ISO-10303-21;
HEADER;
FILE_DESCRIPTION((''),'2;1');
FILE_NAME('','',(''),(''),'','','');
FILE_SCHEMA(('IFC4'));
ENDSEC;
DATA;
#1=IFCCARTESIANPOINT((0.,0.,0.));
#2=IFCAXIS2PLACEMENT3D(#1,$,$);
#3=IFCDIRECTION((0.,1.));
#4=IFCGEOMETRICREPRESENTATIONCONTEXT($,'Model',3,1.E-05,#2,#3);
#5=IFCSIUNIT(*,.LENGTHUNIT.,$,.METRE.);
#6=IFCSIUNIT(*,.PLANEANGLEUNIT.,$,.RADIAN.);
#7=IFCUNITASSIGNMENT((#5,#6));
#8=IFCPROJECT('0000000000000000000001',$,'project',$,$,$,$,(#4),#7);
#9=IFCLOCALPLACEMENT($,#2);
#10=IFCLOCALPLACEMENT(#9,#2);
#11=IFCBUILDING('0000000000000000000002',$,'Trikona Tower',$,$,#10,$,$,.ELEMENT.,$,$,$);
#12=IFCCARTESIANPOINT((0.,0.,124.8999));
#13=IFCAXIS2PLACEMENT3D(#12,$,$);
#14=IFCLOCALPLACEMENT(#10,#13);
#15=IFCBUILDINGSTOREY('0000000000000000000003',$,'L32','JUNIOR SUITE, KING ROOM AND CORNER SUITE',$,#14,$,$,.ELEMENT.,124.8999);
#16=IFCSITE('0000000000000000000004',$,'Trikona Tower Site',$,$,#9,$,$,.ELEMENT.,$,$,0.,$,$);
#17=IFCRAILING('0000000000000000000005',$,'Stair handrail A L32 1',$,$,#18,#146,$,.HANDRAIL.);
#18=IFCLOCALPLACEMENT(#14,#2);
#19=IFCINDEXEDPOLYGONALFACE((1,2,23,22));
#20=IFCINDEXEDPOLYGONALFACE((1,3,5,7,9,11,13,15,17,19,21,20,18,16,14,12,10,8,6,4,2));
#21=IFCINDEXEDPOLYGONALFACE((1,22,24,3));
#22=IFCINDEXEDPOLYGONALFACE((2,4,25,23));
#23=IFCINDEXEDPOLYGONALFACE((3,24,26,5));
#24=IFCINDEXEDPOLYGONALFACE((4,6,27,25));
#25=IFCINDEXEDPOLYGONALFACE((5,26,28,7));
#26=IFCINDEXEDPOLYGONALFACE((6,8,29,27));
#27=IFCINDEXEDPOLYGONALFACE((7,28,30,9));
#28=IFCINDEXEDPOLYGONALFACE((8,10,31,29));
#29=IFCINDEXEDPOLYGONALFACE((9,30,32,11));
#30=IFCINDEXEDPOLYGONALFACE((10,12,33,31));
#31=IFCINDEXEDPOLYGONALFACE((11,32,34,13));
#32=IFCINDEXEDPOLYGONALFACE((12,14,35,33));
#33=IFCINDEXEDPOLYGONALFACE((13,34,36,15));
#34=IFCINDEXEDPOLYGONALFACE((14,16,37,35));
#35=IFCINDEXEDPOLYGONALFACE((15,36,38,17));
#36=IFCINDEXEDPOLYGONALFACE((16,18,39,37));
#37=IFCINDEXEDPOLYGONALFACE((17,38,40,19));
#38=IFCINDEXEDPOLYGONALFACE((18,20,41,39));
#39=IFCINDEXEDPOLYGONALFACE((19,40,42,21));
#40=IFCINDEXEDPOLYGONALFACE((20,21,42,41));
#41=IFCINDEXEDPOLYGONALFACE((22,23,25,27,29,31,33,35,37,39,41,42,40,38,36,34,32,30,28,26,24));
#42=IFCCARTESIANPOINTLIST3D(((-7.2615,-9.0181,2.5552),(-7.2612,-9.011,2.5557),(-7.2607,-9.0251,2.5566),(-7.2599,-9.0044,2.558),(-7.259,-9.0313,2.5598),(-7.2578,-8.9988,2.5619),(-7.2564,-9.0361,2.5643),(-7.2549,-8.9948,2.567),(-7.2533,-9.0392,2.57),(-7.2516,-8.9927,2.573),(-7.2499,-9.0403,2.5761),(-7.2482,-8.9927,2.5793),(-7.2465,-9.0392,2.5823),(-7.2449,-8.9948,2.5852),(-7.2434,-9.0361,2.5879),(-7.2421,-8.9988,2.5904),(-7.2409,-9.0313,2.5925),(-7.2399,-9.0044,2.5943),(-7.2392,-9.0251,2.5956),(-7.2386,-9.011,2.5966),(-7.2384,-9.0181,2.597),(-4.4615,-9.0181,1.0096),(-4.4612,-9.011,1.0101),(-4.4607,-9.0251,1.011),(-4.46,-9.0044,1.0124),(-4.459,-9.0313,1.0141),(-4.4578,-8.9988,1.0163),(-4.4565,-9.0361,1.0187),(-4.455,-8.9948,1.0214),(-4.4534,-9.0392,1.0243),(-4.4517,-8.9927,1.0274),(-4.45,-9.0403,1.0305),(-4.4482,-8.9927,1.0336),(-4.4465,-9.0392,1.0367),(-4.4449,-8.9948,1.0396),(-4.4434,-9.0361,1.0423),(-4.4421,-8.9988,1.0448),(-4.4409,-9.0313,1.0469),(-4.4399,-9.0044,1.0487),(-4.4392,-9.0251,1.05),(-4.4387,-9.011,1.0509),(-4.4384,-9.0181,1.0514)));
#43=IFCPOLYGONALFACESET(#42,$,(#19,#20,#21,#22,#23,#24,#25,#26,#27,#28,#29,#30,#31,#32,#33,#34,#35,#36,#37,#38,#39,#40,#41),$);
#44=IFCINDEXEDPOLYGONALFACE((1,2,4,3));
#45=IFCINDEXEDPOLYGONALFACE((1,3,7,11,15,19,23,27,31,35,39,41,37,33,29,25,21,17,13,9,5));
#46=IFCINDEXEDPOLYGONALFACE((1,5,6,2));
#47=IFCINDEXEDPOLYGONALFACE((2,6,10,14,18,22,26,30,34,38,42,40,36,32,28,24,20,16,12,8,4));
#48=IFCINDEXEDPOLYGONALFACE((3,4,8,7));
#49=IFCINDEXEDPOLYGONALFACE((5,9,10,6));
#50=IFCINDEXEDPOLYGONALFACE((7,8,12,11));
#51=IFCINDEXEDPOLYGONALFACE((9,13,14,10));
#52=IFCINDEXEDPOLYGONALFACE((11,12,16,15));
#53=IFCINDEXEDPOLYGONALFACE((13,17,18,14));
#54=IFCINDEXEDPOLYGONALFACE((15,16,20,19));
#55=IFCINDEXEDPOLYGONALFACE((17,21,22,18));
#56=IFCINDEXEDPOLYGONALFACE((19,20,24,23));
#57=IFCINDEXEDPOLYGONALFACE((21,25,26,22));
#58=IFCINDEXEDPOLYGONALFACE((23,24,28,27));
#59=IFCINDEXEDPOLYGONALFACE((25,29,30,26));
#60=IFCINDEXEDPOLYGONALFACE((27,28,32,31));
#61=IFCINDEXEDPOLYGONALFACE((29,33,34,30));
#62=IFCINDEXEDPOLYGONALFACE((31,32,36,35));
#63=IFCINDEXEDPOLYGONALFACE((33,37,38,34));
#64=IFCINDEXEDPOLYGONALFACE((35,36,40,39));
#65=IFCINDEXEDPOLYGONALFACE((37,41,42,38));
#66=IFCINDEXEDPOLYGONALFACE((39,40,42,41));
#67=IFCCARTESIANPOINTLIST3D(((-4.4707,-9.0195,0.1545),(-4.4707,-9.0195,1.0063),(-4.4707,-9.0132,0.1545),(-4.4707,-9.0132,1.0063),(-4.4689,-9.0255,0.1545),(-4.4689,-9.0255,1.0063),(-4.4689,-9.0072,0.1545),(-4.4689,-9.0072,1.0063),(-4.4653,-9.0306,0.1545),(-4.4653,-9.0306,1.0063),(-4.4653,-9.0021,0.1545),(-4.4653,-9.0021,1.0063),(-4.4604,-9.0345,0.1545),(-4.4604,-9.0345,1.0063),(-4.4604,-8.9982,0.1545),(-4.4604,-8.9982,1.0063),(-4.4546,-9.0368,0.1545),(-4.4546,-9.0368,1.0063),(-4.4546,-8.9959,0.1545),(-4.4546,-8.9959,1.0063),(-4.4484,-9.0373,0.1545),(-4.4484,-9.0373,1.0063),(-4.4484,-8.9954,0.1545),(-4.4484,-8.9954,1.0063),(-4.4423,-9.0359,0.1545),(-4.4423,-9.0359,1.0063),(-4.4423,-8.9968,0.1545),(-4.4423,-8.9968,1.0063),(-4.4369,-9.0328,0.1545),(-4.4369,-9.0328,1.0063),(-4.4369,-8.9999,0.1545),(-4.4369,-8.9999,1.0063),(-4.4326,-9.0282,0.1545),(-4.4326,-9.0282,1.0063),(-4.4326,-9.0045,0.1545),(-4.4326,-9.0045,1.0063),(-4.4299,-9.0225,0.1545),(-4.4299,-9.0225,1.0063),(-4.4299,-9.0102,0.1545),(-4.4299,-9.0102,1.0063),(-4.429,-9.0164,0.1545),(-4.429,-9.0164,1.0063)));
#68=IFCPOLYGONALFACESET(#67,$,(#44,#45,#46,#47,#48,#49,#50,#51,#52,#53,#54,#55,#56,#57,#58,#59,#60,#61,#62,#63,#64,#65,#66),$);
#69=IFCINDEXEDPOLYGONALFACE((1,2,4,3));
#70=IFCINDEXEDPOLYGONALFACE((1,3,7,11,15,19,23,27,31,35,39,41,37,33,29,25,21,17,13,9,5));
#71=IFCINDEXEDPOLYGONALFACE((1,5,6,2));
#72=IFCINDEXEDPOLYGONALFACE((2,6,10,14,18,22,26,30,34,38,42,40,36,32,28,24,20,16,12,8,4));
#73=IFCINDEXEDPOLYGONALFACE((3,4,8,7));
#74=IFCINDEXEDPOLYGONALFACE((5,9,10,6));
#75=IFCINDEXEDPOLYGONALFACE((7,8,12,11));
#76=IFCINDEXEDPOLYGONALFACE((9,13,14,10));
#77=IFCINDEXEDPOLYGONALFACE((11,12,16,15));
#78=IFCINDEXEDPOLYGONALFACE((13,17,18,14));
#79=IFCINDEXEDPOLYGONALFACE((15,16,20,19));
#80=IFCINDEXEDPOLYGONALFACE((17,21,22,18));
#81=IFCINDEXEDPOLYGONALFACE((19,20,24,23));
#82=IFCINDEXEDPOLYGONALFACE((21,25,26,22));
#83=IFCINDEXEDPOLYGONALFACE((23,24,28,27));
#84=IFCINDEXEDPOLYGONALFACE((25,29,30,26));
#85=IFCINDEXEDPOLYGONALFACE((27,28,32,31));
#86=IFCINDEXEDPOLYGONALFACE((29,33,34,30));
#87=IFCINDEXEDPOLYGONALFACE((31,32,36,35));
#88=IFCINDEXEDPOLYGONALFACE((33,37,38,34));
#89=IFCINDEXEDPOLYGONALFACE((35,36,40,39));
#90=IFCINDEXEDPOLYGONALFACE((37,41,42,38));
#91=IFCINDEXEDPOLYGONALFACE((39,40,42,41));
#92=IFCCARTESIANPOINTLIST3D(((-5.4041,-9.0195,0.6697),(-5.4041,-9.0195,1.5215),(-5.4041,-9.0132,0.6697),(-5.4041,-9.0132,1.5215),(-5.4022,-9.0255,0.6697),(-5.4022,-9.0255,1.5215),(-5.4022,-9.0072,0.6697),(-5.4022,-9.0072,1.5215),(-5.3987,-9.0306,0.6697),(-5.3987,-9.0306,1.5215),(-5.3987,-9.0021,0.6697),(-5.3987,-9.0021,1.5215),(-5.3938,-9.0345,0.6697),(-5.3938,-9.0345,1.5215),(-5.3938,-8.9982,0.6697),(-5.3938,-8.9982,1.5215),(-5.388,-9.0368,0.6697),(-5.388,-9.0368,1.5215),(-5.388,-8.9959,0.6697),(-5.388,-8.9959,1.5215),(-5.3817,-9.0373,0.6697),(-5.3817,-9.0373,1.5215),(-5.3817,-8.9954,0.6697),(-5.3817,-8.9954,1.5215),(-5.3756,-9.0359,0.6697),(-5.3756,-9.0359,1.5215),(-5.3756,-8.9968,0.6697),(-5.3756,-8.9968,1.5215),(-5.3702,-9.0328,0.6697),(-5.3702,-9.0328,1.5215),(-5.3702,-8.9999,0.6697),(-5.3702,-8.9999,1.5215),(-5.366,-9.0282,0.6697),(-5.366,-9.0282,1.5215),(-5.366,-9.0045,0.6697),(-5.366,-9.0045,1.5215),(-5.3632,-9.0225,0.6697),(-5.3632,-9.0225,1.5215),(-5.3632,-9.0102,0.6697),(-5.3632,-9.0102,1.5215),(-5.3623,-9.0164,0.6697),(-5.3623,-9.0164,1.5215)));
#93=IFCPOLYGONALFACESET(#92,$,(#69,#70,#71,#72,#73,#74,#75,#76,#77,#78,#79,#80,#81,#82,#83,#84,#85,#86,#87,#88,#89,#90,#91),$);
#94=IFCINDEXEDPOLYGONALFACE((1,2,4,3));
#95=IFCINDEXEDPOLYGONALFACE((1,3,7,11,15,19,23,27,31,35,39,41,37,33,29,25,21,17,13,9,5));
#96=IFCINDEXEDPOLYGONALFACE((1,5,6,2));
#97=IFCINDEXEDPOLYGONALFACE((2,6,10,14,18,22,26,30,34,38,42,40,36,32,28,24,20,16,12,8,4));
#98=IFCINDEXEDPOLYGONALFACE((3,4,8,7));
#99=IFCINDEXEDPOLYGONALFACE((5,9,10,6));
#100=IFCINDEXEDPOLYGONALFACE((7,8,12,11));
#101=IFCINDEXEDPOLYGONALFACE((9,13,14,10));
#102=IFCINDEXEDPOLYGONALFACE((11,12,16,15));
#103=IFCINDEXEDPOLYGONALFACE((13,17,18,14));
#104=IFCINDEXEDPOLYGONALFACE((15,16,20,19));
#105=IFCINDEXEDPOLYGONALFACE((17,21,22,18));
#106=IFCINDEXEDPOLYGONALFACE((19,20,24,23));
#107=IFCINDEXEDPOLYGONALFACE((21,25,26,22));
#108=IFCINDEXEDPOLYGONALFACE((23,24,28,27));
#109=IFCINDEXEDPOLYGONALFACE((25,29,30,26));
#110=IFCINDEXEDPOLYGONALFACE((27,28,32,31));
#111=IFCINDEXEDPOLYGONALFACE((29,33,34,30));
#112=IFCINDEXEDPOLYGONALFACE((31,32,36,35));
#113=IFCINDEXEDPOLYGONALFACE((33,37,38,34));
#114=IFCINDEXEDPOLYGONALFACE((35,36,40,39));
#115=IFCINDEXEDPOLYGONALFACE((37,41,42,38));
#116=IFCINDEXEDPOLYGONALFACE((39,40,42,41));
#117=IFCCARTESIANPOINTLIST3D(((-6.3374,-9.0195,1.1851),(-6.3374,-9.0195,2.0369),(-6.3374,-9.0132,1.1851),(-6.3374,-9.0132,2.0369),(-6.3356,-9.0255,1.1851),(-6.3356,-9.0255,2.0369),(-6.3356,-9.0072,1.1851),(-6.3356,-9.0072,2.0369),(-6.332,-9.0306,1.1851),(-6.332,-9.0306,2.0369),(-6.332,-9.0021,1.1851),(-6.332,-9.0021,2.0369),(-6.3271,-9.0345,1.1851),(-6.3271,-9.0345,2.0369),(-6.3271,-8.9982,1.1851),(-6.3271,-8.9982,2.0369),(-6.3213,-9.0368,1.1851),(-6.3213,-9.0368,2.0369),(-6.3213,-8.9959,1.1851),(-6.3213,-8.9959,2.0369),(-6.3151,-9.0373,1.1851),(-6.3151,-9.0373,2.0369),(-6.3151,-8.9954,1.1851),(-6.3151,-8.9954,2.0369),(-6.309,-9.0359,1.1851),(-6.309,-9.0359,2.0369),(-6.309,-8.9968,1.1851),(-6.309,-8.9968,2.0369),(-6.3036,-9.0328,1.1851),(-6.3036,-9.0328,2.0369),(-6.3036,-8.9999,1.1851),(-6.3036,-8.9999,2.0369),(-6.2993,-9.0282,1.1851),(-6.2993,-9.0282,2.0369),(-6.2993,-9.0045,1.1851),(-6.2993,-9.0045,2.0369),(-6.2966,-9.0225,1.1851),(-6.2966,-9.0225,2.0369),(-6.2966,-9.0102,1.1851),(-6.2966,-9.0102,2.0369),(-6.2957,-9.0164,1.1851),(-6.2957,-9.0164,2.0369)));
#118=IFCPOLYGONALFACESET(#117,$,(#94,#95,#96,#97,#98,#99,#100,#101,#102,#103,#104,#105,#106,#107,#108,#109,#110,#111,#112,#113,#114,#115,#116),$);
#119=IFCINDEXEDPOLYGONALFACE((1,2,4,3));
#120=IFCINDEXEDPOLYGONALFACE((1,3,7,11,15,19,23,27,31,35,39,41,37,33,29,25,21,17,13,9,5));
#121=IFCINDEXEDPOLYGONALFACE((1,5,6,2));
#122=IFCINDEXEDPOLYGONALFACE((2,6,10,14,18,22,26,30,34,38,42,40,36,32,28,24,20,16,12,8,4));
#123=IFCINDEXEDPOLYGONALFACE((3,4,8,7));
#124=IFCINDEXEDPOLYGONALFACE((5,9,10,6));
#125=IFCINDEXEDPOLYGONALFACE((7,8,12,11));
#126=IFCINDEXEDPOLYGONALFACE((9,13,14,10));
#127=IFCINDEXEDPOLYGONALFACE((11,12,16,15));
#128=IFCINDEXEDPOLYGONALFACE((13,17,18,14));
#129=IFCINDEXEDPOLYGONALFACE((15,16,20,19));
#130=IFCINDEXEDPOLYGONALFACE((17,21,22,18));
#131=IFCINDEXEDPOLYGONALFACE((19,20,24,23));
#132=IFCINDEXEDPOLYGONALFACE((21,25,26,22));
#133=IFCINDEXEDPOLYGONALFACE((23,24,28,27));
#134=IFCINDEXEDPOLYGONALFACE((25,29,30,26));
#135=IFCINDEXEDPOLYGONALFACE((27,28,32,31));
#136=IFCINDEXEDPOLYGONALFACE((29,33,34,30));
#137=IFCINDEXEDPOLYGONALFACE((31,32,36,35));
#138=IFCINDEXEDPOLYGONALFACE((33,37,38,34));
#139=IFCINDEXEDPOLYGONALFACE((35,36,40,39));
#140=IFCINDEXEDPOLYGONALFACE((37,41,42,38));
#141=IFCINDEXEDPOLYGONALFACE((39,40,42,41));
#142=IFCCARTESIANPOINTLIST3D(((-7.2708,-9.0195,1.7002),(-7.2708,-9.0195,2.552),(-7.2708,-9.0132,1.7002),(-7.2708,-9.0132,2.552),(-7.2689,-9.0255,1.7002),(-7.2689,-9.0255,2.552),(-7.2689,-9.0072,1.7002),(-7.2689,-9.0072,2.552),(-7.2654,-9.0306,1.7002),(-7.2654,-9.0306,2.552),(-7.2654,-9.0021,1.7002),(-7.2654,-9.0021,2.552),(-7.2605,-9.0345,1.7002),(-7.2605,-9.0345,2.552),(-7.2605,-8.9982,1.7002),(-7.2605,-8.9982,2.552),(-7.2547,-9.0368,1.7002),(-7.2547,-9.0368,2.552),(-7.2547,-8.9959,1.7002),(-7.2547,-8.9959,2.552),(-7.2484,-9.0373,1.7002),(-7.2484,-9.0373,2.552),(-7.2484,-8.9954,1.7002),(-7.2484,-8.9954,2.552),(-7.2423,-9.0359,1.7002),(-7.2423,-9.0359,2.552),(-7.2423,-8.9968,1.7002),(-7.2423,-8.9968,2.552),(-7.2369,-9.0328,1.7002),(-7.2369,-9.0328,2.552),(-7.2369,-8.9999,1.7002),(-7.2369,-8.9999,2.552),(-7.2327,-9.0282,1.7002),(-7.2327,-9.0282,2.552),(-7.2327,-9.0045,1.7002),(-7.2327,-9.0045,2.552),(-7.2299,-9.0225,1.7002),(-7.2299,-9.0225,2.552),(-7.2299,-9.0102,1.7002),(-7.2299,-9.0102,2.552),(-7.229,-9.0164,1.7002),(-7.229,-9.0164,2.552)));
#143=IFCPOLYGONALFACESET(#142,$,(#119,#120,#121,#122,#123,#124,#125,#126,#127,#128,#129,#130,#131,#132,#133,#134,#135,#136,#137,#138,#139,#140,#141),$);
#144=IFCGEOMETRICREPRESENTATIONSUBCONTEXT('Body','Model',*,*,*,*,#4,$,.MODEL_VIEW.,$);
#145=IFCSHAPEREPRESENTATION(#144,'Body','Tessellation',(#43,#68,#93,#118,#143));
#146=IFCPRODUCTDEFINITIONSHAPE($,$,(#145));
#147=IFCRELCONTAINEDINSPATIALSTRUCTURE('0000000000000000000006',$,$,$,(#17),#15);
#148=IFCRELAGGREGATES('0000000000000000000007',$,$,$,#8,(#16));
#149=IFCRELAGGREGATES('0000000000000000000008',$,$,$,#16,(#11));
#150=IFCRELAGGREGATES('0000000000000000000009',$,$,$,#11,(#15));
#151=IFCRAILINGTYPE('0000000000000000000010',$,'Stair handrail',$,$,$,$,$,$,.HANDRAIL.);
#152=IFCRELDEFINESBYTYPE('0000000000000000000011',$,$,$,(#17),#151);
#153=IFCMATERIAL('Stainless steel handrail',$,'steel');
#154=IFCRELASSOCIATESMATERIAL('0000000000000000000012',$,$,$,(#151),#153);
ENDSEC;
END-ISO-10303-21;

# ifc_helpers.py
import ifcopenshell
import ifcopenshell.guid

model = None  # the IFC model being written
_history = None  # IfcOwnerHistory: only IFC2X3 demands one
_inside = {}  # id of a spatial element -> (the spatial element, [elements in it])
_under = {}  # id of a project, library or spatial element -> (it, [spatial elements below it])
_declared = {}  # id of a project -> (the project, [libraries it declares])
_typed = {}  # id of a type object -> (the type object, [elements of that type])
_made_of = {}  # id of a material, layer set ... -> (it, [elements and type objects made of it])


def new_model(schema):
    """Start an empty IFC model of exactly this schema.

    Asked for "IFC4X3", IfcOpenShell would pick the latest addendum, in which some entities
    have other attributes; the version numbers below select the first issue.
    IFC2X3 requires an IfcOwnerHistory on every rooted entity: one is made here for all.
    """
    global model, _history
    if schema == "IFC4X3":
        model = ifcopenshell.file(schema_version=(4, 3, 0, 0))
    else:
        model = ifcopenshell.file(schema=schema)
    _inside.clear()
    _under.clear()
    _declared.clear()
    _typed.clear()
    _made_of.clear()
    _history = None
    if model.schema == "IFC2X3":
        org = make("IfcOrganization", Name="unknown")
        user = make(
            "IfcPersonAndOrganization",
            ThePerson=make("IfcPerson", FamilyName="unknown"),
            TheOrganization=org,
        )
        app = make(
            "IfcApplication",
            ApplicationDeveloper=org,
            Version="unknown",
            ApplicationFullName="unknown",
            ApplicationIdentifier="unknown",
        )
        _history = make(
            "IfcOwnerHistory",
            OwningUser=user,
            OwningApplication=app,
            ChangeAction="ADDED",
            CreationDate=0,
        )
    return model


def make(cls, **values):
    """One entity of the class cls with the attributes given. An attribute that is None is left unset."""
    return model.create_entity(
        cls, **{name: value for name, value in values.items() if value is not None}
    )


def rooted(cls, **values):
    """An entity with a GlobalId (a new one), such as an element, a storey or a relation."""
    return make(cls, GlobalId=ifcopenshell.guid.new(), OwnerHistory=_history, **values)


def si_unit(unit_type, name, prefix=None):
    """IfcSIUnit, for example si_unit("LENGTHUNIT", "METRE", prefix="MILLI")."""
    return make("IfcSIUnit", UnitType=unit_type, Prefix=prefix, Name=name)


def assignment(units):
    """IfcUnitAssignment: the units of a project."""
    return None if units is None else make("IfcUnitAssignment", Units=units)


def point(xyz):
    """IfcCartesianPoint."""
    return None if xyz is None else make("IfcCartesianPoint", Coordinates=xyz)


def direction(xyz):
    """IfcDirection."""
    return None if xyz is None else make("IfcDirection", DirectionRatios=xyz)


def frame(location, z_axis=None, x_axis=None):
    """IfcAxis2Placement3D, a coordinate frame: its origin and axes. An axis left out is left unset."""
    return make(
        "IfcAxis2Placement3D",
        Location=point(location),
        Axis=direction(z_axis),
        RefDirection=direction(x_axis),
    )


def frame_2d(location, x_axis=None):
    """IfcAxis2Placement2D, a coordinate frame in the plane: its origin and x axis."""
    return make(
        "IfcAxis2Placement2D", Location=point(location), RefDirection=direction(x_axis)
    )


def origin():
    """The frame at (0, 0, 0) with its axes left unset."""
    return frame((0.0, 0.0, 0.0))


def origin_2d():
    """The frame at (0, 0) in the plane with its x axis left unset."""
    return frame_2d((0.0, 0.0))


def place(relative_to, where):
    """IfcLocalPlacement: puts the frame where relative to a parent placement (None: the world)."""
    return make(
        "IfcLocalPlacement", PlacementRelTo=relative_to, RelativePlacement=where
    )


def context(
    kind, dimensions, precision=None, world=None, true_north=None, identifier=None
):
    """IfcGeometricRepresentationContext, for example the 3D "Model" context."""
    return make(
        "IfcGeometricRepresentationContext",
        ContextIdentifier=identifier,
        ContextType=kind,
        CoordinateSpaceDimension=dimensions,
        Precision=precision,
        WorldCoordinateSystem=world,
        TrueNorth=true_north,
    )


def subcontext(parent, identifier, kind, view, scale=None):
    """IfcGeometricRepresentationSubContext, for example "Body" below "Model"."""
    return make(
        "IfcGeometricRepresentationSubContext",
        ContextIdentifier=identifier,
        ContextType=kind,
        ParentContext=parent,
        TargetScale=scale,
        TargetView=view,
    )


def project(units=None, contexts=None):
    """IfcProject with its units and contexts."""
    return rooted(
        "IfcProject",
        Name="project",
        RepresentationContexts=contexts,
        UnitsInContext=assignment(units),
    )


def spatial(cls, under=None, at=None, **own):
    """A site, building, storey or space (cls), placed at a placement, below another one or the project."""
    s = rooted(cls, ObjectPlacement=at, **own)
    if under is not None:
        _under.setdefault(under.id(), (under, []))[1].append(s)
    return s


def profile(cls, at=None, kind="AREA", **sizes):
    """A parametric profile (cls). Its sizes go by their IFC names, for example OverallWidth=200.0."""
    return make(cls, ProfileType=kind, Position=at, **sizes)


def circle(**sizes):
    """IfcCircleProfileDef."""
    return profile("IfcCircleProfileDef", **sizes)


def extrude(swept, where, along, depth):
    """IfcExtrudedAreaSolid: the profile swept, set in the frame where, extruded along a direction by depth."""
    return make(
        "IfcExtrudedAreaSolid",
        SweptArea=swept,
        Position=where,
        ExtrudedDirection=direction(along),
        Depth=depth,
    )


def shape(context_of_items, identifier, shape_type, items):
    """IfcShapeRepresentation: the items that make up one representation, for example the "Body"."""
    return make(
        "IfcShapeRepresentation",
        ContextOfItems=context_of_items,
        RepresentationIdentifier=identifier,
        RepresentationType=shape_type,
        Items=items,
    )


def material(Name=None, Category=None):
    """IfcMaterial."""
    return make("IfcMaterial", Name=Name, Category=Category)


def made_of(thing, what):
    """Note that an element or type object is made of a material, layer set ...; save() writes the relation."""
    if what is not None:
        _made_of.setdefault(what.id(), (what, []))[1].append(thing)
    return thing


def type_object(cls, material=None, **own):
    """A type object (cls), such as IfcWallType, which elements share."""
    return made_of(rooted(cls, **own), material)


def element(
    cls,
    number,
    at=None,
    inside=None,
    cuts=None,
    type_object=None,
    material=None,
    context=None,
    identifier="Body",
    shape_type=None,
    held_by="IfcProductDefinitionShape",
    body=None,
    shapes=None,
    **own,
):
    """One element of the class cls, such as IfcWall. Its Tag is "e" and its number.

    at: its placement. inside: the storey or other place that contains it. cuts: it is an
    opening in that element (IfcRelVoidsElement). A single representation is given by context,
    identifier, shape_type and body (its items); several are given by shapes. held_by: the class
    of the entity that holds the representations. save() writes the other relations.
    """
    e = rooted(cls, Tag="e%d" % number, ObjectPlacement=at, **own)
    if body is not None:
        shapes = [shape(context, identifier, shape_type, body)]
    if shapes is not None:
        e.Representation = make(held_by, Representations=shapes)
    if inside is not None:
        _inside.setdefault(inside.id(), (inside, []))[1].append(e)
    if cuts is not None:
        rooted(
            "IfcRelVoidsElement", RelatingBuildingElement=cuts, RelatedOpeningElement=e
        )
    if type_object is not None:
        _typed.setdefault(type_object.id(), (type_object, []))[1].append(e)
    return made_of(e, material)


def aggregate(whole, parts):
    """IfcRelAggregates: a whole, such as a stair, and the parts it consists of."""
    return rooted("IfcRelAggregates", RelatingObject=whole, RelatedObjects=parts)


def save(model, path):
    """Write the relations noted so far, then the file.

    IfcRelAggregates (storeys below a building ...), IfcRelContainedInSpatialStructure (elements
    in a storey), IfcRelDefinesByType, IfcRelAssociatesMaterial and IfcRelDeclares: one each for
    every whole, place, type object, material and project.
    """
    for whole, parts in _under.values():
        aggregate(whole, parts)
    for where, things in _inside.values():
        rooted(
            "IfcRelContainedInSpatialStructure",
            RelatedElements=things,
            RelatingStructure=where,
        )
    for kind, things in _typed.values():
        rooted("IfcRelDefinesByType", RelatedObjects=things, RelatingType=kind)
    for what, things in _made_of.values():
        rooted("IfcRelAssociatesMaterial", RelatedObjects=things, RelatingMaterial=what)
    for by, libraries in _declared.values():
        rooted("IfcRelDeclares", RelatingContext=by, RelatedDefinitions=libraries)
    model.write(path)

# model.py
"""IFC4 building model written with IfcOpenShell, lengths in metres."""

from ifc_helpers import new_model, si_unit, direction, frame, origin, origin_2d, place, context, subcontext, project, spatial, circle, extrude, material, type_object, element, save


model = new_model("IFC4")

# Units and contexts
model_context = context("Model", 3, precision=1e-05, world=origin(), true_north=direction((0.0, 1.0)))
body_context = subcontext(model_context, "Body", "Model", "MODEL_VIEW")
ifc_project = project(units=[si_unit("LENGTHUNIT", "METRE"), si_unit("PLANEANGLEUNIT", "RADIAN")], contexts=[model_context])

# Site, building, storey
site_placement = place(None, origin())
site = spatial("IfcSite", under=ifc_project, at=site_placement, Name="Trikona Tower Site", CompositionType="ELEMENT", RefElevation=0.0)
building_placement = place(site_placement, origin())
building = spatial("IfcBuilding", under=site, at=building_placement, Name="Trikona Tower", CompositionType="ELEMENT")
storey_placement = place(building_placement, frame((0.0, 0.0, 124.8999)))
storey = spatial("IfcBuildingStorey", under=building, at=storey_placement, Name="L32", Description="JUNIOR SUITE, KING ROOM AND CORNER SUITE", CompositionType="ELEMENT", Elevation=124.8999)

# Railing
ifc_material_1 = material(Name="Stainless steel handrail", Category="steel")
railing_type = type_object("IfcRailingType", Name="Stair handrail", PredefinedType="HANDRAIL", material=ifc_material_1)
railing_placement = place(storey_placement, frame((-4.45, -9.0164, 0.1545)))
element("IfcRailing", 1, at=railing_placement, inside=storey, type_object=railing_type, Name="Stair handrail A L32 1", PredefinedType="HANDRAIL", context=body_context, shape_type="SweptSolid", body=[
    extrude(circle(Radius=0.0239, at=origin_2d()), frame((0.0, 0.0, 0.876), z_axis=(-0.875472, 0.0, 0.483269), x_axis=(0.0, -1.0, 0.0)), (0.0, 0.0, 1.0), 3.1982),
    extrude(circle(Radius=0.021, at=origin_2d()), origin(), (0.0, 0.0, 1.0), 0.8518),
    extrude(circle(Radius=0.021, at=origin_2d()), frame((-0.9333, 0.0, 0.5151)), (0.0, 0.0, 1.0), 0.8518),
    extrude(circle(Radius=0.021, at=origin_2d()), frame((-1.8667, 0.0, 1.0305)), (0.0, 0.0, 1.0), 0.8518),
    extrude(circle(Radius=0.021, at=origin_2d()), frame((-2.8, 0.0, 1.5457)), (0.0, 0.0, 1.0), 0.8518),
])

save(model, "model.ifc")
